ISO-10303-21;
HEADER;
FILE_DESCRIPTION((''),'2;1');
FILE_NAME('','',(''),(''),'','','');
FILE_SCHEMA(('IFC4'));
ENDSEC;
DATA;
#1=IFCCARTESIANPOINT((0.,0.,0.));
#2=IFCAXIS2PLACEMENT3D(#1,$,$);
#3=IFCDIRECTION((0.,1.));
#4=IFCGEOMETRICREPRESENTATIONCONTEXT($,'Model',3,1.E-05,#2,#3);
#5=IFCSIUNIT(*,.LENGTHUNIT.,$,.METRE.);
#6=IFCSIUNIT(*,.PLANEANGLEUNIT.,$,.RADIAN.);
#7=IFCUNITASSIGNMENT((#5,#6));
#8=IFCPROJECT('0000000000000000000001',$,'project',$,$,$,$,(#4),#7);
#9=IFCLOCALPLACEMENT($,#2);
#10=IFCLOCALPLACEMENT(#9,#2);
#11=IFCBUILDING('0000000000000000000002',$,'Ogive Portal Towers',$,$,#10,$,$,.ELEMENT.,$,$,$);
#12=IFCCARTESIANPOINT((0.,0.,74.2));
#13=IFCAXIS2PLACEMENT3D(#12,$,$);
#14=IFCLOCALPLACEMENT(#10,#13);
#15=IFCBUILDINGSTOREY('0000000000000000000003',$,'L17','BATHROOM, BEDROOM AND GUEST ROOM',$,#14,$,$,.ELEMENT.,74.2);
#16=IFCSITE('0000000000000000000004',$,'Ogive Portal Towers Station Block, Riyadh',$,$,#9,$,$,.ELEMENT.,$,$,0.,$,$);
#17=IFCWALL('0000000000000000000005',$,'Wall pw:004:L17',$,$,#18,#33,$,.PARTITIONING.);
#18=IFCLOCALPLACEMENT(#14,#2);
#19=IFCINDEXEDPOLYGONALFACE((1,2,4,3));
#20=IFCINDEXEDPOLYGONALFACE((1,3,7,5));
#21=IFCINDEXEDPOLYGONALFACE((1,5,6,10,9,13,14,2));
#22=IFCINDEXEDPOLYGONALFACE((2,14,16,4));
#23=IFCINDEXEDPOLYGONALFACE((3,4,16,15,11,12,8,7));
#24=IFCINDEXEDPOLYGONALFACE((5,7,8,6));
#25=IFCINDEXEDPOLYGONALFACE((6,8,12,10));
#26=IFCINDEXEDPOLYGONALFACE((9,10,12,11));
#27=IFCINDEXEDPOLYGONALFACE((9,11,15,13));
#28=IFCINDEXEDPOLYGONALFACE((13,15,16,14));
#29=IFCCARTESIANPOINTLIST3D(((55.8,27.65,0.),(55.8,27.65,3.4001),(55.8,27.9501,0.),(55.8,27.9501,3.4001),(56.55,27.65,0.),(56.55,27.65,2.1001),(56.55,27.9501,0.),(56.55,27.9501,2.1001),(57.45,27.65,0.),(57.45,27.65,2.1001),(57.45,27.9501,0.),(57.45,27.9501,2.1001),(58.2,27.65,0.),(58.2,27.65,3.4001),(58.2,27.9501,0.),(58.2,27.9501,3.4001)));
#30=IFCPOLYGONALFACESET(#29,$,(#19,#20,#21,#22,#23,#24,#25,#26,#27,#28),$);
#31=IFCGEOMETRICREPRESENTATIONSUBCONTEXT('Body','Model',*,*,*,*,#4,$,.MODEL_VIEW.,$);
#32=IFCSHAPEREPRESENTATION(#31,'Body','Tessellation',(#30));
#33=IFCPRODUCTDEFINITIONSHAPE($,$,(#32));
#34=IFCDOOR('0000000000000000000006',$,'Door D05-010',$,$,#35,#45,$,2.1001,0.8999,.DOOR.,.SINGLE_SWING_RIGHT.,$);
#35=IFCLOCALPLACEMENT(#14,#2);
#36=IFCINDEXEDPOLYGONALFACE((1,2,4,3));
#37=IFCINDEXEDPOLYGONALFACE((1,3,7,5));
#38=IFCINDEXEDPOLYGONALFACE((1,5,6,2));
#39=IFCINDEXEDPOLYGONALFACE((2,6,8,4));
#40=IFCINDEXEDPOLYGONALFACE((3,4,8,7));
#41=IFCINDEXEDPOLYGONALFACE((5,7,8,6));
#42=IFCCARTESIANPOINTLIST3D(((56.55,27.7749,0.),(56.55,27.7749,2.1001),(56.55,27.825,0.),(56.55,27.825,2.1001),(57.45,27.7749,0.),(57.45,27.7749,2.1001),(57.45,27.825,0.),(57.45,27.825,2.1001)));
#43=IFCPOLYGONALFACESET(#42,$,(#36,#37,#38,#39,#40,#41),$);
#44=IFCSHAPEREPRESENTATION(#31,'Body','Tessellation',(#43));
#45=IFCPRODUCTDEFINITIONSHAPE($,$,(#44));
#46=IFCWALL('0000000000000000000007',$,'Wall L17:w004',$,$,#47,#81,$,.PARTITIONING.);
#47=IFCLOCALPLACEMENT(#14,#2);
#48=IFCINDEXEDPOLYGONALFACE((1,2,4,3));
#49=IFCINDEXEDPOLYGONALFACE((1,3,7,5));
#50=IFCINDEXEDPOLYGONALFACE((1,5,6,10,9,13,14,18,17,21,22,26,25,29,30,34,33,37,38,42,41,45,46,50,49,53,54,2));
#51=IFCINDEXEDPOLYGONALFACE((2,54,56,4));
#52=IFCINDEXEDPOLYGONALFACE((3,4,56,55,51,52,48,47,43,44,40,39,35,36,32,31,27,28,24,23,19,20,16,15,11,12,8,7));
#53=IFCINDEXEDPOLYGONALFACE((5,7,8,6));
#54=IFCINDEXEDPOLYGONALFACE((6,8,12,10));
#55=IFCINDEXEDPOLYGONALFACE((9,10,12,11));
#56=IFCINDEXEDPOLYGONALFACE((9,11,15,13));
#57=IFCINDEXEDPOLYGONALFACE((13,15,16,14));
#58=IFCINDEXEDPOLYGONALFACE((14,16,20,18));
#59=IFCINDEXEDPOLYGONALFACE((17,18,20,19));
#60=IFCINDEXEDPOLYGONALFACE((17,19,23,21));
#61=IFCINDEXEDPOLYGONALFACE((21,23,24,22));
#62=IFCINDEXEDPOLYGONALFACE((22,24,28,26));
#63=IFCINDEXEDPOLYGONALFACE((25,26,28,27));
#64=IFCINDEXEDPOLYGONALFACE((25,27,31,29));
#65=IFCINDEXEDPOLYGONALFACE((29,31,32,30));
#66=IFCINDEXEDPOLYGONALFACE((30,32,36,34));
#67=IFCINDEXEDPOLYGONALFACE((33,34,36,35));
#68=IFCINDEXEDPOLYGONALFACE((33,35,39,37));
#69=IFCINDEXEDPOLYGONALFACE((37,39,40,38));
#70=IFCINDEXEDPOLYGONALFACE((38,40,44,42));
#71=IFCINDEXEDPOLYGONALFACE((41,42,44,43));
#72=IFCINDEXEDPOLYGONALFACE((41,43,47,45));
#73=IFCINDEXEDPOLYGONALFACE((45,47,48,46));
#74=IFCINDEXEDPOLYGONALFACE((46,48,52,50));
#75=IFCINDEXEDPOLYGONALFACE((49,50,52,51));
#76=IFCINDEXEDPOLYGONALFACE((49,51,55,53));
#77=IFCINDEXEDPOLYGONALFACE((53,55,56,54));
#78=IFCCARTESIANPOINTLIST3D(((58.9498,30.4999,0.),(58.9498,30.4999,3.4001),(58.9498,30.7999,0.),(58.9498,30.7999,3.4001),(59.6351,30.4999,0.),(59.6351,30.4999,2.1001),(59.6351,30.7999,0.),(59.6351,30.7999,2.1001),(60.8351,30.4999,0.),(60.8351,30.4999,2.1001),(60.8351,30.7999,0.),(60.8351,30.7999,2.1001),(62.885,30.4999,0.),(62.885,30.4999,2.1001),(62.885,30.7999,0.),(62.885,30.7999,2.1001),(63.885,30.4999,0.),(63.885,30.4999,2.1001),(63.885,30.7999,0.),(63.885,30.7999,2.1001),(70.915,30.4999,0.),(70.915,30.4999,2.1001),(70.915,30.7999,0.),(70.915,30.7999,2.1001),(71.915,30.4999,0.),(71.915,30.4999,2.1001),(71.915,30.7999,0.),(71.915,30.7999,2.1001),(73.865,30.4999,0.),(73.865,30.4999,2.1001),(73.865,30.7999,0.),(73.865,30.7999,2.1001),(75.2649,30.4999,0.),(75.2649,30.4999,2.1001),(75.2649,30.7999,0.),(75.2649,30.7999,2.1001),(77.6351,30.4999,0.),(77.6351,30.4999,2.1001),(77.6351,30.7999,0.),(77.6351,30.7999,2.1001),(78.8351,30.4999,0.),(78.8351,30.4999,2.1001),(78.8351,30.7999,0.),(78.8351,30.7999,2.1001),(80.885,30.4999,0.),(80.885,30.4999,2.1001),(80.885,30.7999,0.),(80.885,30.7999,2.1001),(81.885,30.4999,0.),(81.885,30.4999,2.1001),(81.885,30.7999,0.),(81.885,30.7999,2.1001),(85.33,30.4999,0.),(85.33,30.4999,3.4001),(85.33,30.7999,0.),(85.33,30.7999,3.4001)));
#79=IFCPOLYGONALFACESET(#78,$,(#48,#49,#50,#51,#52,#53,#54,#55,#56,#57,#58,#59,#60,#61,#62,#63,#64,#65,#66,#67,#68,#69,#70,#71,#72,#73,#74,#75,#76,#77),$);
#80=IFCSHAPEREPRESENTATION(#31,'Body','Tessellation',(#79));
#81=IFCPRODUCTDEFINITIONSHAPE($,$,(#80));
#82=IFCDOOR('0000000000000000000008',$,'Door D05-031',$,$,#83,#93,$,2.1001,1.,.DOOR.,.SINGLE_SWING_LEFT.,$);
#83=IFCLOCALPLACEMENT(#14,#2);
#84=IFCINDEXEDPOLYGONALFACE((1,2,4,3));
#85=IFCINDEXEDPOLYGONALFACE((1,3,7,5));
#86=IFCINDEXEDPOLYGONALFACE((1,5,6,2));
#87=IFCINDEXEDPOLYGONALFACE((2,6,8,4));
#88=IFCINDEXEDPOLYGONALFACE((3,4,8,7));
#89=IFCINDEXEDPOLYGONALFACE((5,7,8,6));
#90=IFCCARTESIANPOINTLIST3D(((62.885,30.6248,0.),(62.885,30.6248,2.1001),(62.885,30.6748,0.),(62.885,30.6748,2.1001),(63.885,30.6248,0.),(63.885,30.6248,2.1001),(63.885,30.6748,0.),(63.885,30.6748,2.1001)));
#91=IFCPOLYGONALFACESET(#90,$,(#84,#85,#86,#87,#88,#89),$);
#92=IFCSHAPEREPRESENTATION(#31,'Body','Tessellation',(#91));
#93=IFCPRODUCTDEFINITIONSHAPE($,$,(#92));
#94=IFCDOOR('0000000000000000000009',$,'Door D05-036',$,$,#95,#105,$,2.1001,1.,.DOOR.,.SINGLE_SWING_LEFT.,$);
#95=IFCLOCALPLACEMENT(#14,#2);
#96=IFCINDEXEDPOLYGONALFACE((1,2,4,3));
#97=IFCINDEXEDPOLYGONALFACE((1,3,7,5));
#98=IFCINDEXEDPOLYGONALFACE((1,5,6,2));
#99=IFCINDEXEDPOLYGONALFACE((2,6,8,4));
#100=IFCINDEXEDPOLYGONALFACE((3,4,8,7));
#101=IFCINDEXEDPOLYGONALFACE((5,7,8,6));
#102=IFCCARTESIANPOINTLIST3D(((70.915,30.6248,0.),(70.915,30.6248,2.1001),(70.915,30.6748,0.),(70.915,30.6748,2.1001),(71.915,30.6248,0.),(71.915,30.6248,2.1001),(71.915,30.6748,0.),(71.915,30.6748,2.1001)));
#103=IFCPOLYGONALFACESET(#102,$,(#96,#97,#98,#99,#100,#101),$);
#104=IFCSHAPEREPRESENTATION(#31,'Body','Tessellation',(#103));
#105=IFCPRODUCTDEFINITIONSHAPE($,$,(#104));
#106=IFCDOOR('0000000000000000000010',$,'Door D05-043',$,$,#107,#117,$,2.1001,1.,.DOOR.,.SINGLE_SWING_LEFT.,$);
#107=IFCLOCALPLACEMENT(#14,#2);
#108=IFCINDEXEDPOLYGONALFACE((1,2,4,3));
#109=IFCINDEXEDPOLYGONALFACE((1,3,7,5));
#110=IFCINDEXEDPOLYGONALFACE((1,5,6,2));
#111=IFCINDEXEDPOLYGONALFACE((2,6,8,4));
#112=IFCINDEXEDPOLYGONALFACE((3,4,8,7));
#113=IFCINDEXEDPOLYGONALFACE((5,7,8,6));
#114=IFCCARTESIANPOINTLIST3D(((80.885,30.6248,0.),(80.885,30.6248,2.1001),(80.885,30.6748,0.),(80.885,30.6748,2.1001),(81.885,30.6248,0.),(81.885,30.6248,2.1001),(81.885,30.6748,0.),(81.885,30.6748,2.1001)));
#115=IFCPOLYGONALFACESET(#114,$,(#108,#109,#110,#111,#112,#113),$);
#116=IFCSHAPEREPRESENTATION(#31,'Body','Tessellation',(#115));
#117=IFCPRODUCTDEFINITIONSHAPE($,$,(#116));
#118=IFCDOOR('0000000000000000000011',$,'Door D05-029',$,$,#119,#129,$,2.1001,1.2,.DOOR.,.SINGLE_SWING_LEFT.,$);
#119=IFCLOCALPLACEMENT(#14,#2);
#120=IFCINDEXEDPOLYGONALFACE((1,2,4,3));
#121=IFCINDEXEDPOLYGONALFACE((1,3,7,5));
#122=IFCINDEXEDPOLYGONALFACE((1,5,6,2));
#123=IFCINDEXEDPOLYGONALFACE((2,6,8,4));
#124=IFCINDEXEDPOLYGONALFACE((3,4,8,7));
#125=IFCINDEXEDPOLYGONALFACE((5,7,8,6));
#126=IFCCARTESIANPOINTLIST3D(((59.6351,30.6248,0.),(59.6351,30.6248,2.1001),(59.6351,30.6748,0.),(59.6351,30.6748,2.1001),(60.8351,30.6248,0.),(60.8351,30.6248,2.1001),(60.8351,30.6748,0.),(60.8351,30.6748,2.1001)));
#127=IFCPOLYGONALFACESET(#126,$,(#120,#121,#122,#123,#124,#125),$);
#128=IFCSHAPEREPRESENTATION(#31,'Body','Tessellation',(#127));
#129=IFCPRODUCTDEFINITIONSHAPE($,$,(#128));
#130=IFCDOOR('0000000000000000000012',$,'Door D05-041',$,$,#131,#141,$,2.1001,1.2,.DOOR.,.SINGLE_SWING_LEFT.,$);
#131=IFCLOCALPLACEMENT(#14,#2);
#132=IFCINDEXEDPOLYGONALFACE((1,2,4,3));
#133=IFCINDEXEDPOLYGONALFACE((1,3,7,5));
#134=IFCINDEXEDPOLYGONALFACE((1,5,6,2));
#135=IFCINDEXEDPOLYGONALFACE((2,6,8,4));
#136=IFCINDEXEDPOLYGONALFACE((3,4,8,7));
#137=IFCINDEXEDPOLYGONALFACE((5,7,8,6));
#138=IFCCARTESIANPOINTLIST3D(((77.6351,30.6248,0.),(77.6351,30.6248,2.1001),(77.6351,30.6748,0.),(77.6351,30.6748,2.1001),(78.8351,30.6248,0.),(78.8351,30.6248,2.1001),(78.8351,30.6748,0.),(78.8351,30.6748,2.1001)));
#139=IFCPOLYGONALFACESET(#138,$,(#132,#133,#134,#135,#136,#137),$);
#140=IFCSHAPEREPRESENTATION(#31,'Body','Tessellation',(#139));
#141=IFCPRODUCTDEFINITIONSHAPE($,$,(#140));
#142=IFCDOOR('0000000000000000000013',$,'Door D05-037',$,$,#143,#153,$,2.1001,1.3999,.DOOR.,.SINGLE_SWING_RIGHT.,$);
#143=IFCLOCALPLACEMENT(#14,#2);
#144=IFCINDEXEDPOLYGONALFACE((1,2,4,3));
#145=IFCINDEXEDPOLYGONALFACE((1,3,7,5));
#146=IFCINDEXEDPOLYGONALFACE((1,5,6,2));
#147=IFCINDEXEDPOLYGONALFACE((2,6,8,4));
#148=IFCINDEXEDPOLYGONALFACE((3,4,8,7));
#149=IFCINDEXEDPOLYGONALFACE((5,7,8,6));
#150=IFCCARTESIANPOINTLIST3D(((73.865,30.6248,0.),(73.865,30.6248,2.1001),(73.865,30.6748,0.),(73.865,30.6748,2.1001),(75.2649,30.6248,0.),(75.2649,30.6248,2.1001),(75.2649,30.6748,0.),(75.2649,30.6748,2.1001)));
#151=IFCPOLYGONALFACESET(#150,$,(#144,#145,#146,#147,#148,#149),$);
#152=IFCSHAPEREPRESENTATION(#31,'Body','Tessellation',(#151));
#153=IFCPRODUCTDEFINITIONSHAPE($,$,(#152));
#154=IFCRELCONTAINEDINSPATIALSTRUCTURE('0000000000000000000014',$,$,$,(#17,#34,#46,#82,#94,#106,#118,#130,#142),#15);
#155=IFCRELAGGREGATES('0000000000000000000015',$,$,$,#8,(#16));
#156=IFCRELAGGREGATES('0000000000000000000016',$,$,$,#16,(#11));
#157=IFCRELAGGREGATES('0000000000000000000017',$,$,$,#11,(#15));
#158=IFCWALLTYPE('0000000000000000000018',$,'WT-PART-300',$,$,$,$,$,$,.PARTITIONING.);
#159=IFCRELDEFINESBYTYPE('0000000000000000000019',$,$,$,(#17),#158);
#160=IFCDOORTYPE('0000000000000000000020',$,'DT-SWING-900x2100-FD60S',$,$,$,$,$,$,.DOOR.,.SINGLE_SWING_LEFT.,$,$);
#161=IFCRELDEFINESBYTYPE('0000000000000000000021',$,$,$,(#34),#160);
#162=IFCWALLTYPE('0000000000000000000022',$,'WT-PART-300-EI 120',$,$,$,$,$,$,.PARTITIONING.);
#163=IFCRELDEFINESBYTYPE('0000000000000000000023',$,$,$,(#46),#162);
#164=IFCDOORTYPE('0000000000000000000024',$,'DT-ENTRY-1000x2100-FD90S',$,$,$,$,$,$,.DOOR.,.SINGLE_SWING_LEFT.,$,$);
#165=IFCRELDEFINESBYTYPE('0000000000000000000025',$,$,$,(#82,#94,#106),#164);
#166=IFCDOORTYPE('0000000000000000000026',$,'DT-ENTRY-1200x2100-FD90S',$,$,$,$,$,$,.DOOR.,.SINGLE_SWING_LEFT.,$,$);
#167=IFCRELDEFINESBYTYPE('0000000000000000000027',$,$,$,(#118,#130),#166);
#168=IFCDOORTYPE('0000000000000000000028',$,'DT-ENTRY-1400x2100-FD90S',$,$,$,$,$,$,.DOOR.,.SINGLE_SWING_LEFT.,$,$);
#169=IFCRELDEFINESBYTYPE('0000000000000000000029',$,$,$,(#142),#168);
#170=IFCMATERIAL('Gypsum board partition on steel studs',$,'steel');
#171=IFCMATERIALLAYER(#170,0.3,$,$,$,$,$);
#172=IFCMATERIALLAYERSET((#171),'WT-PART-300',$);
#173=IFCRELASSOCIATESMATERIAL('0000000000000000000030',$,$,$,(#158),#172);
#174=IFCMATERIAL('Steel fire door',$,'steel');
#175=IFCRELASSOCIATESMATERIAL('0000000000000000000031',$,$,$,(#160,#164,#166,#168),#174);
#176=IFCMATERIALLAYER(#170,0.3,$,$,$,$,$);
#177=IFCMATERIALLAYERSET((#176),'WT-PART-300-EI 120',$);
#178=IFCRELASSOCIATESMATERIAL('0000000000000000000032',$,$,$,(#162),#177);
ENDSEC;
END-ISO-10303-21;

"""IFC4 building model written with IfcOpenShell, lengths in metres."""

from ifc_helpers import new_model, si_unit, direction, frame, frame_2d, origin, place, context, subcontext, project, spatial, rectangle, extrude, material, layer, layer_set, type_object, element, fill, save


model = new_model("IFC4")

# Units and contexts
model_context = context("Model", 3, precision=1e-05, world=origin(), true_north=direction((0.0, 1.0)))
body_context = subcontext(model_context, "Body", "Model", "MODEL_VIEW")
ifc_project = project(units=[si_unit("LENGTHUNIT", "METRE"), si_unit("PLANEANGLEUNIT", "RADIAN")], contexts=[model_context])

# Site, building, storey
site_placement = place(None, origin())
site = spatial("IfcSite", under=ifc_project, at=site_placement, Name="Ogive Portal Towers Station Block, Riyadh", CompositionType="ELEMENT", RefElevation=0.0)
building_placement = place(site_placement, origin())
building = spatial("IfcBuilding", under=site, at=building_placement, Name="Ogive Portal Towers", CompositionType="ELEMENT")
storey_placement = place(building_placement, frame((0.0, 0.0, 74.2)))
storey = spatial("IfcBuildingStorey", under=building, at=storey_placement, Name="L17", Description="BATHROOM, BEDROOM AND GUEST ROOM", CompositionType="ELEMENT", Elevation=74.2)

# Wall, opening, door
ifc_material_1 = material(Name="Gypsum board partition on steel studs", Category="steel")
ifc_layer_1 = layer(ifc_material_1, 0.3)
ifc_layer_set_1 = layer_set([ifc_layer_1], Name="WT-PART-300")
wall_type_1 = type_object("IfcWallType", Name="WT-PART-300", PredefinedType="PARTITIONING", material=ifc_layer_set_1)
wall_1_placement = place(storey_placement, frame((55.8, 27.8, 0.0), z_axis=(0.0, 0.0, 1.0), x_axis=(1.0, 0.0, 0.0)))
wall_1 = element("IfcWall", 1, at=wall_1_placement, inside=storey, type_object=wall_type_1, Name="Wall pw:004:L17", PredefinedType="PARTITIONING", context=body_context, shape_type="SweptSolid", body=[
    extrude(rectangle(XDim=2.3999, YDim=0.3, at=frame_2d((1.2, 0.0))), origin(), (0.0, 0.0, 1.0), 3.4001),
])
opening_1_placement = place(wall_1_placement, frame((0.75, 0.0, 0.0)))
opening_1 = element("IfcOpeningElement", 2, at=opening_1_placement, cuts=wall_1, PredefinedType="OPENING", context=body_context, shape_type="SweptSolid", body=[
    extrude(rectangle(XDim=0.8999, YDim=2.1001, at=frame_2d((0.45, 1.05))), frame((0.0, 0.1602, 0.0), z_axis=(0.0, -1.0, 0.0), x_axis=(1.0, 0.0, 0.0)), (0.0, 0.0, 1.0), 0.3201),
])
ifc_material_2 = material(Name="Steel fire door", Category="steel")
door_type_1 = type_object("IfcDoorType", Name="DT-SWING-900x2100-FD60S", OperationType="SINGLE_SWING_LEFT", PredefinedType="DOOR", material=ifc_material_2)
door_1_placement = place(opening_1_placement, origin())
door_1 = element("IfcDoor", 3, at=door_1_placement, inside=storey, type_object=door_type_1, Name="Door D05-010", OperationType="SINGLE_SWING_RIGHT", OverallHeight=2.1001, OverallWidth=0.8999, PredefinedType="DOOR", context=body_context, shape_type="SweptSolid", body=[
    extrude(rectangle(XDim=0.8999, YDim=2.1001, at=frame_2d((0.45, 1.05))), frame((0.0, 0.0249, 0.0), z_axis=(0.0, -1.0, 0.0), x_axis=(1.0, 0.0, 0.0)), (0.0, 0.0, 1.0), 0.05),
])
fill(opening_1, door_1)

# Wall, openings, doors
ifc_layer_2 = layer(ifc_material_1, 0.3)
ifc_layer_set_2 = layer_set([ifc_layer_2], Name="WT-PART-300-EI 120")
wall_type_2 = type_object("IfcWallType", Name="WT-PART-300-EI 120", PredefinedType="PARTITIONING", material=ifc_layer_set_2)
wall_2_placement = place(storey_placement, frame((58.95, 30.6499, 0.0), z_axis=(0.0, 0.0, 1.0), x_axis=(1.0, 0.0, 0.0)))
wall_2 = element("IfcWall", 4, at=wall_2_placement, inside=storey, type_object=wall_type_2, Name="Wall L17:w004", PredefinedType="PARTITIONING", context=body_context, shape_type="SweptSolid", body=[
    extrude(rectangle(XDim=26.3801, YDim=0.3, at=frame_2d((13.1899, 0.0))), origin(), (0.0, 0.0, 1.0), 3.4001),
])
opening_2_placement = place(wall_2_placement, frame((0.6851, 0.0, 0.0)))
opening_2 = element("IfcOpeningElement", 5, at=opening_2_placement, cuts=wall_2, PredefinedType="OPENING", context=body_context, shape_type="SweptSolid", body=[
    extrude(rectangle(XDim=1.2, YDim=2.1001, at=frame_2d((0.6001, 1.05))), frame((0.0, 0.1602, 0.0), z_axis=(0.0, -1.0, 0.0), x_axis=(1.0, 0.0, 0.0)), (0.0, 0.0, 1.0), 0.3201),
])
opening_3_placement = place(wall_2_placement, frame((3.9351, 0.0, 0.0)))
opening_3 = element("IfcOpeningElement", 6, at=opening_3_placement, cuts=wall_2, PredefinedType="OPENING", context=body_context, shape_type="SweptSolid", body=[
    extrude(rectangle(XDim=1.0, YDim=2.1001, at=frame_2d((0.5, 1.05))), frame((0.0, 0.1602, 0.0), z_axis=(0.0, -1.0, 0.0), x_axis=(1.0, 0.0, 0.0)), (0.0, 0.0, 1.0), 0.3201),
])
opening_4_placement = place(wall_2_placement, frame((11.9651, 0.0, 0.0)))
opening_4 = element("IfcOpeningElement", 7, at=opening_4_placement, cuts=wall_2, PredefinedType="OPENING", context=body_context, shape_type="SweptSolid", body=[
    extrude(rectangle(XDim=1.0, YDim=2.1001, at=frame_2d((0.5, 1.05))), frame((0.0, 0.1602, 0.0), z_axis=(0.0, -1.0, 0.0), x_axis=(1.0, 0.0, 0.0)), (0.0, 0.0, 1.0), 0.3201),
])
opening_5_placement = place(wall_2_placement, frame((14.915, 0.0, 0.0)))
opening_5 = element("IfcOpeningElement", 8, at=opening_5_placement, cuts=wall_2, PredefinedType="OPENING", context=body_context, shape_type="SweptSolid", body=[
    extrude(rectangle(XDim=1.3999, YDim=2.1001, at=frame_2d((0.7, 1.05))), frame((0.0, 0.1602, 0.0), z_axis=(0.0, -1.0, 0.0), x_axis=(1.0, 0.0, 0.0)), (0.0, 0.0, 1.0), 0.3201),
])
opening_6_placement = place(wall_2_placement, frame((18.6851, 0.0, 0.0)))
opening_6 = element("IfcOpeningElement", 9, at=opening_6_placement, cuts=wall_2, PredefinedType="OPENING", context=body_context, shape_type="SweptSolid", body=[
    extrude(rectangle(XDim=1.2, YDim=2.1001, at=frame_2d((0.6001, 1.05))), frame((0.0, 0.1602, 0.0), z_axis=(0.0, -1.0, 0.0), x_axis=(1.0, 0.0, 0.0)), (0.0, 0.0, 1.0), 0.3201),
])
opening_7_placement = place(wall_2_placement, frame((21.9351, 0.0, 0.0)))
opening_7 = element("IfcOpeningElement", 10, at=opening_7_placement, cuts=wall_2, PredefinedType="OPENING", context=body_context, shape_type="SweptSolid", body=[
    extrude(rectangle(XDim=1.0, YDim=2.1001, at=frame_2d((0.5, 1.05))), frame((0.0, 0.1602, 0.0), z_axis=(0.0, -1.0, 0.0), x_axis=(1.0, 0.0, 0.0)), (0.0, 0.0, 1.0), 0.3201),
])
door_type_2 = type_object("IfcDoorType", Name="DT-ENTRY-1000x2100-FD90S", OperationType="SINGLE_SWING_LEFT", PredefinedType="DOOR", material=ifc_material_2)
door_2_placement = place(opening_3_placement, origin())
door_2 = element("IfcDoor", 11, at=door_2_placement, inside=storey, type_object=door_type_2, Name="Door D05-031", OperationType="SINGLE_SWING_LEFT", OverallHeight=2.1001, OverallWidth=1.0, PredefinedType="DOOR", context=body_context, shape_type="SweptSolid", body=[
    extrude(rectangle(XDim=1.0, YDim=2.1001, at=frame_2d((0.5, 1.05))), frame((0.0, 0.0249, 0.0), z_axis=(0.0, -1.0, 0.0), x_axis=(1.0, 0.0, 0.0)), (0.0, 0.0, 1.0), 0.05),
])
fill(opening_3, door_2)
door_3_placement = place(opening_4_placement, origin())
door_3 = element("IfcDoor", 12, at=door_3_placement, inside=storey, type_object=door_type_2, Name="Door D05-036", OperationType="SINGLE_SWING_LEFT", OverallHeight=2.1001, OverallWidth=1.0, PredefinedType="DOOR", context=body_context, shape_type="SweptSolid", body=[
    extrude(rectangle(XDim=1.0, YDim=2.1001, at=frame_2d((0.5, 1.05))), frame((0.0, 0.0249, 0.0), z_axis=(0.0, -1.0, 0.0), x_axis=(1.0, 0.0, 0.0)), (0.0, 0.0, 1.0), 0.05),
])
fill(opening_4, door_3)
door_4_placement = place(opening_7_placement, origin())
door_4 = element("IfcDoor", 13, at=door_4_placement, inside=storey, type_object=door_type_2, Name="Door D05-043", OperationType="SINGLE_SWING_LEFT", OverallHeight=2.1001, OverallWidth=1.0, PredefinedType="DOOR", context=body_context, shape_type="SweptSolid", body=[
    extrude(rectangle(XDim=1.0, YDim=2.1001, at=frame_2d((0.5, 1.05))), frame((0.0, 0.0249, 0.0), z_axis=(0.0, -1.0, 0.0), x_axis=(1.0, 0.0, 0.0)), (0.0, 0.0, 1.0), 0.05),
])
fill(opening_7, door_4)
door_type_3 = type_object("IfcDoorType", Name="DT-ENTRY-1200x2100-FD90S", OperationType="SINGLE_SWING_LEFT", PredefinedType="DOOR", material=ifc_material_2)
door_5_placement = place(opening_2_placement, origin())
door_5 = element("IfcDoor", 14, at=door_5_placement, inside=storey, type_object=door_type_3, Name="Door D05-029", OperationType="SINGLE_SWING_LEFT", OverallHeight=2.1001, OverallWidth=1.2, PredefinedType="DOOR", context=body_context, shape_type="SweptSolid", body=[
    extrude(rectangle(XDim=1.2, YDim=2.1001, at=frame_2d((0.6001, 1.05))), frame((0.0, 0.0249, 0.0), z_axis=(0.0, -1.0, 0.0), x_axis=(1.0, 0.0, 0.0)), (0.0, 0.0, 1.0), 0.05),
])
fill(opening_2, door_5)
door_6_placement = place(opening_6_placement, origin())
door_6 = element("IfcDoor", 15, at=door_6_placement, inside=storey, type_object=door_type_3, Name="Door D05-041", OperationType="SINGLE_SWING_LEFT", OverallHeight=2.1001, OverallWidth=1.2, PredefinedType="DOOR", context=body_context, shape_type="SweptSolid", body=[
    extrude(rectangle(XDim=1.2, YDim=2.1001, at=frame_2d((0.6001, 1.05))), frame((0.0, 0.0249, 0.0), z_axis=(0.0, -1.0, 0.0), x_axis=(1.0, 0.0, 0.0)), (0.0, 0.0, 1.0), 0.05),
])
fill(opening_6, door_6)
door_type_4 = type_object("IfcDoorType", Name="DT-ENTRY-1400x2100-FD90S", OperationType="SINGLE_SWING_LEFT", PredefinedType="DOOR", material=ifc_material_2)
door_7_placement = place(opening_5_placement, origin())
door_7 = element("IfcDoor", 16, at=door_7_placement, inside=storey, type_object=door_type_4, Name="Door D05-037", OperationType="SINGLE_SWING_RIGHT", OverallHeight=2.1001, OverallWidth=1.3999, PredefinedType="DOOR", context=body_context, shape_type="SweptSolid", body=[
    extrude(rectangle(XDim=1.3999, YDim=2.1001, at=frame_2d((0.7, 1.05))), frame((0.0, 0.0249, 0.0), z_axis=(0.0, -1.0, 0.0), x_axis=(1.0, 0.0, 0.0)), (0.0, 0.0, 1.0), 0.05),
])
fill(opening_5, door_7)

save(model, "model.ifc")
